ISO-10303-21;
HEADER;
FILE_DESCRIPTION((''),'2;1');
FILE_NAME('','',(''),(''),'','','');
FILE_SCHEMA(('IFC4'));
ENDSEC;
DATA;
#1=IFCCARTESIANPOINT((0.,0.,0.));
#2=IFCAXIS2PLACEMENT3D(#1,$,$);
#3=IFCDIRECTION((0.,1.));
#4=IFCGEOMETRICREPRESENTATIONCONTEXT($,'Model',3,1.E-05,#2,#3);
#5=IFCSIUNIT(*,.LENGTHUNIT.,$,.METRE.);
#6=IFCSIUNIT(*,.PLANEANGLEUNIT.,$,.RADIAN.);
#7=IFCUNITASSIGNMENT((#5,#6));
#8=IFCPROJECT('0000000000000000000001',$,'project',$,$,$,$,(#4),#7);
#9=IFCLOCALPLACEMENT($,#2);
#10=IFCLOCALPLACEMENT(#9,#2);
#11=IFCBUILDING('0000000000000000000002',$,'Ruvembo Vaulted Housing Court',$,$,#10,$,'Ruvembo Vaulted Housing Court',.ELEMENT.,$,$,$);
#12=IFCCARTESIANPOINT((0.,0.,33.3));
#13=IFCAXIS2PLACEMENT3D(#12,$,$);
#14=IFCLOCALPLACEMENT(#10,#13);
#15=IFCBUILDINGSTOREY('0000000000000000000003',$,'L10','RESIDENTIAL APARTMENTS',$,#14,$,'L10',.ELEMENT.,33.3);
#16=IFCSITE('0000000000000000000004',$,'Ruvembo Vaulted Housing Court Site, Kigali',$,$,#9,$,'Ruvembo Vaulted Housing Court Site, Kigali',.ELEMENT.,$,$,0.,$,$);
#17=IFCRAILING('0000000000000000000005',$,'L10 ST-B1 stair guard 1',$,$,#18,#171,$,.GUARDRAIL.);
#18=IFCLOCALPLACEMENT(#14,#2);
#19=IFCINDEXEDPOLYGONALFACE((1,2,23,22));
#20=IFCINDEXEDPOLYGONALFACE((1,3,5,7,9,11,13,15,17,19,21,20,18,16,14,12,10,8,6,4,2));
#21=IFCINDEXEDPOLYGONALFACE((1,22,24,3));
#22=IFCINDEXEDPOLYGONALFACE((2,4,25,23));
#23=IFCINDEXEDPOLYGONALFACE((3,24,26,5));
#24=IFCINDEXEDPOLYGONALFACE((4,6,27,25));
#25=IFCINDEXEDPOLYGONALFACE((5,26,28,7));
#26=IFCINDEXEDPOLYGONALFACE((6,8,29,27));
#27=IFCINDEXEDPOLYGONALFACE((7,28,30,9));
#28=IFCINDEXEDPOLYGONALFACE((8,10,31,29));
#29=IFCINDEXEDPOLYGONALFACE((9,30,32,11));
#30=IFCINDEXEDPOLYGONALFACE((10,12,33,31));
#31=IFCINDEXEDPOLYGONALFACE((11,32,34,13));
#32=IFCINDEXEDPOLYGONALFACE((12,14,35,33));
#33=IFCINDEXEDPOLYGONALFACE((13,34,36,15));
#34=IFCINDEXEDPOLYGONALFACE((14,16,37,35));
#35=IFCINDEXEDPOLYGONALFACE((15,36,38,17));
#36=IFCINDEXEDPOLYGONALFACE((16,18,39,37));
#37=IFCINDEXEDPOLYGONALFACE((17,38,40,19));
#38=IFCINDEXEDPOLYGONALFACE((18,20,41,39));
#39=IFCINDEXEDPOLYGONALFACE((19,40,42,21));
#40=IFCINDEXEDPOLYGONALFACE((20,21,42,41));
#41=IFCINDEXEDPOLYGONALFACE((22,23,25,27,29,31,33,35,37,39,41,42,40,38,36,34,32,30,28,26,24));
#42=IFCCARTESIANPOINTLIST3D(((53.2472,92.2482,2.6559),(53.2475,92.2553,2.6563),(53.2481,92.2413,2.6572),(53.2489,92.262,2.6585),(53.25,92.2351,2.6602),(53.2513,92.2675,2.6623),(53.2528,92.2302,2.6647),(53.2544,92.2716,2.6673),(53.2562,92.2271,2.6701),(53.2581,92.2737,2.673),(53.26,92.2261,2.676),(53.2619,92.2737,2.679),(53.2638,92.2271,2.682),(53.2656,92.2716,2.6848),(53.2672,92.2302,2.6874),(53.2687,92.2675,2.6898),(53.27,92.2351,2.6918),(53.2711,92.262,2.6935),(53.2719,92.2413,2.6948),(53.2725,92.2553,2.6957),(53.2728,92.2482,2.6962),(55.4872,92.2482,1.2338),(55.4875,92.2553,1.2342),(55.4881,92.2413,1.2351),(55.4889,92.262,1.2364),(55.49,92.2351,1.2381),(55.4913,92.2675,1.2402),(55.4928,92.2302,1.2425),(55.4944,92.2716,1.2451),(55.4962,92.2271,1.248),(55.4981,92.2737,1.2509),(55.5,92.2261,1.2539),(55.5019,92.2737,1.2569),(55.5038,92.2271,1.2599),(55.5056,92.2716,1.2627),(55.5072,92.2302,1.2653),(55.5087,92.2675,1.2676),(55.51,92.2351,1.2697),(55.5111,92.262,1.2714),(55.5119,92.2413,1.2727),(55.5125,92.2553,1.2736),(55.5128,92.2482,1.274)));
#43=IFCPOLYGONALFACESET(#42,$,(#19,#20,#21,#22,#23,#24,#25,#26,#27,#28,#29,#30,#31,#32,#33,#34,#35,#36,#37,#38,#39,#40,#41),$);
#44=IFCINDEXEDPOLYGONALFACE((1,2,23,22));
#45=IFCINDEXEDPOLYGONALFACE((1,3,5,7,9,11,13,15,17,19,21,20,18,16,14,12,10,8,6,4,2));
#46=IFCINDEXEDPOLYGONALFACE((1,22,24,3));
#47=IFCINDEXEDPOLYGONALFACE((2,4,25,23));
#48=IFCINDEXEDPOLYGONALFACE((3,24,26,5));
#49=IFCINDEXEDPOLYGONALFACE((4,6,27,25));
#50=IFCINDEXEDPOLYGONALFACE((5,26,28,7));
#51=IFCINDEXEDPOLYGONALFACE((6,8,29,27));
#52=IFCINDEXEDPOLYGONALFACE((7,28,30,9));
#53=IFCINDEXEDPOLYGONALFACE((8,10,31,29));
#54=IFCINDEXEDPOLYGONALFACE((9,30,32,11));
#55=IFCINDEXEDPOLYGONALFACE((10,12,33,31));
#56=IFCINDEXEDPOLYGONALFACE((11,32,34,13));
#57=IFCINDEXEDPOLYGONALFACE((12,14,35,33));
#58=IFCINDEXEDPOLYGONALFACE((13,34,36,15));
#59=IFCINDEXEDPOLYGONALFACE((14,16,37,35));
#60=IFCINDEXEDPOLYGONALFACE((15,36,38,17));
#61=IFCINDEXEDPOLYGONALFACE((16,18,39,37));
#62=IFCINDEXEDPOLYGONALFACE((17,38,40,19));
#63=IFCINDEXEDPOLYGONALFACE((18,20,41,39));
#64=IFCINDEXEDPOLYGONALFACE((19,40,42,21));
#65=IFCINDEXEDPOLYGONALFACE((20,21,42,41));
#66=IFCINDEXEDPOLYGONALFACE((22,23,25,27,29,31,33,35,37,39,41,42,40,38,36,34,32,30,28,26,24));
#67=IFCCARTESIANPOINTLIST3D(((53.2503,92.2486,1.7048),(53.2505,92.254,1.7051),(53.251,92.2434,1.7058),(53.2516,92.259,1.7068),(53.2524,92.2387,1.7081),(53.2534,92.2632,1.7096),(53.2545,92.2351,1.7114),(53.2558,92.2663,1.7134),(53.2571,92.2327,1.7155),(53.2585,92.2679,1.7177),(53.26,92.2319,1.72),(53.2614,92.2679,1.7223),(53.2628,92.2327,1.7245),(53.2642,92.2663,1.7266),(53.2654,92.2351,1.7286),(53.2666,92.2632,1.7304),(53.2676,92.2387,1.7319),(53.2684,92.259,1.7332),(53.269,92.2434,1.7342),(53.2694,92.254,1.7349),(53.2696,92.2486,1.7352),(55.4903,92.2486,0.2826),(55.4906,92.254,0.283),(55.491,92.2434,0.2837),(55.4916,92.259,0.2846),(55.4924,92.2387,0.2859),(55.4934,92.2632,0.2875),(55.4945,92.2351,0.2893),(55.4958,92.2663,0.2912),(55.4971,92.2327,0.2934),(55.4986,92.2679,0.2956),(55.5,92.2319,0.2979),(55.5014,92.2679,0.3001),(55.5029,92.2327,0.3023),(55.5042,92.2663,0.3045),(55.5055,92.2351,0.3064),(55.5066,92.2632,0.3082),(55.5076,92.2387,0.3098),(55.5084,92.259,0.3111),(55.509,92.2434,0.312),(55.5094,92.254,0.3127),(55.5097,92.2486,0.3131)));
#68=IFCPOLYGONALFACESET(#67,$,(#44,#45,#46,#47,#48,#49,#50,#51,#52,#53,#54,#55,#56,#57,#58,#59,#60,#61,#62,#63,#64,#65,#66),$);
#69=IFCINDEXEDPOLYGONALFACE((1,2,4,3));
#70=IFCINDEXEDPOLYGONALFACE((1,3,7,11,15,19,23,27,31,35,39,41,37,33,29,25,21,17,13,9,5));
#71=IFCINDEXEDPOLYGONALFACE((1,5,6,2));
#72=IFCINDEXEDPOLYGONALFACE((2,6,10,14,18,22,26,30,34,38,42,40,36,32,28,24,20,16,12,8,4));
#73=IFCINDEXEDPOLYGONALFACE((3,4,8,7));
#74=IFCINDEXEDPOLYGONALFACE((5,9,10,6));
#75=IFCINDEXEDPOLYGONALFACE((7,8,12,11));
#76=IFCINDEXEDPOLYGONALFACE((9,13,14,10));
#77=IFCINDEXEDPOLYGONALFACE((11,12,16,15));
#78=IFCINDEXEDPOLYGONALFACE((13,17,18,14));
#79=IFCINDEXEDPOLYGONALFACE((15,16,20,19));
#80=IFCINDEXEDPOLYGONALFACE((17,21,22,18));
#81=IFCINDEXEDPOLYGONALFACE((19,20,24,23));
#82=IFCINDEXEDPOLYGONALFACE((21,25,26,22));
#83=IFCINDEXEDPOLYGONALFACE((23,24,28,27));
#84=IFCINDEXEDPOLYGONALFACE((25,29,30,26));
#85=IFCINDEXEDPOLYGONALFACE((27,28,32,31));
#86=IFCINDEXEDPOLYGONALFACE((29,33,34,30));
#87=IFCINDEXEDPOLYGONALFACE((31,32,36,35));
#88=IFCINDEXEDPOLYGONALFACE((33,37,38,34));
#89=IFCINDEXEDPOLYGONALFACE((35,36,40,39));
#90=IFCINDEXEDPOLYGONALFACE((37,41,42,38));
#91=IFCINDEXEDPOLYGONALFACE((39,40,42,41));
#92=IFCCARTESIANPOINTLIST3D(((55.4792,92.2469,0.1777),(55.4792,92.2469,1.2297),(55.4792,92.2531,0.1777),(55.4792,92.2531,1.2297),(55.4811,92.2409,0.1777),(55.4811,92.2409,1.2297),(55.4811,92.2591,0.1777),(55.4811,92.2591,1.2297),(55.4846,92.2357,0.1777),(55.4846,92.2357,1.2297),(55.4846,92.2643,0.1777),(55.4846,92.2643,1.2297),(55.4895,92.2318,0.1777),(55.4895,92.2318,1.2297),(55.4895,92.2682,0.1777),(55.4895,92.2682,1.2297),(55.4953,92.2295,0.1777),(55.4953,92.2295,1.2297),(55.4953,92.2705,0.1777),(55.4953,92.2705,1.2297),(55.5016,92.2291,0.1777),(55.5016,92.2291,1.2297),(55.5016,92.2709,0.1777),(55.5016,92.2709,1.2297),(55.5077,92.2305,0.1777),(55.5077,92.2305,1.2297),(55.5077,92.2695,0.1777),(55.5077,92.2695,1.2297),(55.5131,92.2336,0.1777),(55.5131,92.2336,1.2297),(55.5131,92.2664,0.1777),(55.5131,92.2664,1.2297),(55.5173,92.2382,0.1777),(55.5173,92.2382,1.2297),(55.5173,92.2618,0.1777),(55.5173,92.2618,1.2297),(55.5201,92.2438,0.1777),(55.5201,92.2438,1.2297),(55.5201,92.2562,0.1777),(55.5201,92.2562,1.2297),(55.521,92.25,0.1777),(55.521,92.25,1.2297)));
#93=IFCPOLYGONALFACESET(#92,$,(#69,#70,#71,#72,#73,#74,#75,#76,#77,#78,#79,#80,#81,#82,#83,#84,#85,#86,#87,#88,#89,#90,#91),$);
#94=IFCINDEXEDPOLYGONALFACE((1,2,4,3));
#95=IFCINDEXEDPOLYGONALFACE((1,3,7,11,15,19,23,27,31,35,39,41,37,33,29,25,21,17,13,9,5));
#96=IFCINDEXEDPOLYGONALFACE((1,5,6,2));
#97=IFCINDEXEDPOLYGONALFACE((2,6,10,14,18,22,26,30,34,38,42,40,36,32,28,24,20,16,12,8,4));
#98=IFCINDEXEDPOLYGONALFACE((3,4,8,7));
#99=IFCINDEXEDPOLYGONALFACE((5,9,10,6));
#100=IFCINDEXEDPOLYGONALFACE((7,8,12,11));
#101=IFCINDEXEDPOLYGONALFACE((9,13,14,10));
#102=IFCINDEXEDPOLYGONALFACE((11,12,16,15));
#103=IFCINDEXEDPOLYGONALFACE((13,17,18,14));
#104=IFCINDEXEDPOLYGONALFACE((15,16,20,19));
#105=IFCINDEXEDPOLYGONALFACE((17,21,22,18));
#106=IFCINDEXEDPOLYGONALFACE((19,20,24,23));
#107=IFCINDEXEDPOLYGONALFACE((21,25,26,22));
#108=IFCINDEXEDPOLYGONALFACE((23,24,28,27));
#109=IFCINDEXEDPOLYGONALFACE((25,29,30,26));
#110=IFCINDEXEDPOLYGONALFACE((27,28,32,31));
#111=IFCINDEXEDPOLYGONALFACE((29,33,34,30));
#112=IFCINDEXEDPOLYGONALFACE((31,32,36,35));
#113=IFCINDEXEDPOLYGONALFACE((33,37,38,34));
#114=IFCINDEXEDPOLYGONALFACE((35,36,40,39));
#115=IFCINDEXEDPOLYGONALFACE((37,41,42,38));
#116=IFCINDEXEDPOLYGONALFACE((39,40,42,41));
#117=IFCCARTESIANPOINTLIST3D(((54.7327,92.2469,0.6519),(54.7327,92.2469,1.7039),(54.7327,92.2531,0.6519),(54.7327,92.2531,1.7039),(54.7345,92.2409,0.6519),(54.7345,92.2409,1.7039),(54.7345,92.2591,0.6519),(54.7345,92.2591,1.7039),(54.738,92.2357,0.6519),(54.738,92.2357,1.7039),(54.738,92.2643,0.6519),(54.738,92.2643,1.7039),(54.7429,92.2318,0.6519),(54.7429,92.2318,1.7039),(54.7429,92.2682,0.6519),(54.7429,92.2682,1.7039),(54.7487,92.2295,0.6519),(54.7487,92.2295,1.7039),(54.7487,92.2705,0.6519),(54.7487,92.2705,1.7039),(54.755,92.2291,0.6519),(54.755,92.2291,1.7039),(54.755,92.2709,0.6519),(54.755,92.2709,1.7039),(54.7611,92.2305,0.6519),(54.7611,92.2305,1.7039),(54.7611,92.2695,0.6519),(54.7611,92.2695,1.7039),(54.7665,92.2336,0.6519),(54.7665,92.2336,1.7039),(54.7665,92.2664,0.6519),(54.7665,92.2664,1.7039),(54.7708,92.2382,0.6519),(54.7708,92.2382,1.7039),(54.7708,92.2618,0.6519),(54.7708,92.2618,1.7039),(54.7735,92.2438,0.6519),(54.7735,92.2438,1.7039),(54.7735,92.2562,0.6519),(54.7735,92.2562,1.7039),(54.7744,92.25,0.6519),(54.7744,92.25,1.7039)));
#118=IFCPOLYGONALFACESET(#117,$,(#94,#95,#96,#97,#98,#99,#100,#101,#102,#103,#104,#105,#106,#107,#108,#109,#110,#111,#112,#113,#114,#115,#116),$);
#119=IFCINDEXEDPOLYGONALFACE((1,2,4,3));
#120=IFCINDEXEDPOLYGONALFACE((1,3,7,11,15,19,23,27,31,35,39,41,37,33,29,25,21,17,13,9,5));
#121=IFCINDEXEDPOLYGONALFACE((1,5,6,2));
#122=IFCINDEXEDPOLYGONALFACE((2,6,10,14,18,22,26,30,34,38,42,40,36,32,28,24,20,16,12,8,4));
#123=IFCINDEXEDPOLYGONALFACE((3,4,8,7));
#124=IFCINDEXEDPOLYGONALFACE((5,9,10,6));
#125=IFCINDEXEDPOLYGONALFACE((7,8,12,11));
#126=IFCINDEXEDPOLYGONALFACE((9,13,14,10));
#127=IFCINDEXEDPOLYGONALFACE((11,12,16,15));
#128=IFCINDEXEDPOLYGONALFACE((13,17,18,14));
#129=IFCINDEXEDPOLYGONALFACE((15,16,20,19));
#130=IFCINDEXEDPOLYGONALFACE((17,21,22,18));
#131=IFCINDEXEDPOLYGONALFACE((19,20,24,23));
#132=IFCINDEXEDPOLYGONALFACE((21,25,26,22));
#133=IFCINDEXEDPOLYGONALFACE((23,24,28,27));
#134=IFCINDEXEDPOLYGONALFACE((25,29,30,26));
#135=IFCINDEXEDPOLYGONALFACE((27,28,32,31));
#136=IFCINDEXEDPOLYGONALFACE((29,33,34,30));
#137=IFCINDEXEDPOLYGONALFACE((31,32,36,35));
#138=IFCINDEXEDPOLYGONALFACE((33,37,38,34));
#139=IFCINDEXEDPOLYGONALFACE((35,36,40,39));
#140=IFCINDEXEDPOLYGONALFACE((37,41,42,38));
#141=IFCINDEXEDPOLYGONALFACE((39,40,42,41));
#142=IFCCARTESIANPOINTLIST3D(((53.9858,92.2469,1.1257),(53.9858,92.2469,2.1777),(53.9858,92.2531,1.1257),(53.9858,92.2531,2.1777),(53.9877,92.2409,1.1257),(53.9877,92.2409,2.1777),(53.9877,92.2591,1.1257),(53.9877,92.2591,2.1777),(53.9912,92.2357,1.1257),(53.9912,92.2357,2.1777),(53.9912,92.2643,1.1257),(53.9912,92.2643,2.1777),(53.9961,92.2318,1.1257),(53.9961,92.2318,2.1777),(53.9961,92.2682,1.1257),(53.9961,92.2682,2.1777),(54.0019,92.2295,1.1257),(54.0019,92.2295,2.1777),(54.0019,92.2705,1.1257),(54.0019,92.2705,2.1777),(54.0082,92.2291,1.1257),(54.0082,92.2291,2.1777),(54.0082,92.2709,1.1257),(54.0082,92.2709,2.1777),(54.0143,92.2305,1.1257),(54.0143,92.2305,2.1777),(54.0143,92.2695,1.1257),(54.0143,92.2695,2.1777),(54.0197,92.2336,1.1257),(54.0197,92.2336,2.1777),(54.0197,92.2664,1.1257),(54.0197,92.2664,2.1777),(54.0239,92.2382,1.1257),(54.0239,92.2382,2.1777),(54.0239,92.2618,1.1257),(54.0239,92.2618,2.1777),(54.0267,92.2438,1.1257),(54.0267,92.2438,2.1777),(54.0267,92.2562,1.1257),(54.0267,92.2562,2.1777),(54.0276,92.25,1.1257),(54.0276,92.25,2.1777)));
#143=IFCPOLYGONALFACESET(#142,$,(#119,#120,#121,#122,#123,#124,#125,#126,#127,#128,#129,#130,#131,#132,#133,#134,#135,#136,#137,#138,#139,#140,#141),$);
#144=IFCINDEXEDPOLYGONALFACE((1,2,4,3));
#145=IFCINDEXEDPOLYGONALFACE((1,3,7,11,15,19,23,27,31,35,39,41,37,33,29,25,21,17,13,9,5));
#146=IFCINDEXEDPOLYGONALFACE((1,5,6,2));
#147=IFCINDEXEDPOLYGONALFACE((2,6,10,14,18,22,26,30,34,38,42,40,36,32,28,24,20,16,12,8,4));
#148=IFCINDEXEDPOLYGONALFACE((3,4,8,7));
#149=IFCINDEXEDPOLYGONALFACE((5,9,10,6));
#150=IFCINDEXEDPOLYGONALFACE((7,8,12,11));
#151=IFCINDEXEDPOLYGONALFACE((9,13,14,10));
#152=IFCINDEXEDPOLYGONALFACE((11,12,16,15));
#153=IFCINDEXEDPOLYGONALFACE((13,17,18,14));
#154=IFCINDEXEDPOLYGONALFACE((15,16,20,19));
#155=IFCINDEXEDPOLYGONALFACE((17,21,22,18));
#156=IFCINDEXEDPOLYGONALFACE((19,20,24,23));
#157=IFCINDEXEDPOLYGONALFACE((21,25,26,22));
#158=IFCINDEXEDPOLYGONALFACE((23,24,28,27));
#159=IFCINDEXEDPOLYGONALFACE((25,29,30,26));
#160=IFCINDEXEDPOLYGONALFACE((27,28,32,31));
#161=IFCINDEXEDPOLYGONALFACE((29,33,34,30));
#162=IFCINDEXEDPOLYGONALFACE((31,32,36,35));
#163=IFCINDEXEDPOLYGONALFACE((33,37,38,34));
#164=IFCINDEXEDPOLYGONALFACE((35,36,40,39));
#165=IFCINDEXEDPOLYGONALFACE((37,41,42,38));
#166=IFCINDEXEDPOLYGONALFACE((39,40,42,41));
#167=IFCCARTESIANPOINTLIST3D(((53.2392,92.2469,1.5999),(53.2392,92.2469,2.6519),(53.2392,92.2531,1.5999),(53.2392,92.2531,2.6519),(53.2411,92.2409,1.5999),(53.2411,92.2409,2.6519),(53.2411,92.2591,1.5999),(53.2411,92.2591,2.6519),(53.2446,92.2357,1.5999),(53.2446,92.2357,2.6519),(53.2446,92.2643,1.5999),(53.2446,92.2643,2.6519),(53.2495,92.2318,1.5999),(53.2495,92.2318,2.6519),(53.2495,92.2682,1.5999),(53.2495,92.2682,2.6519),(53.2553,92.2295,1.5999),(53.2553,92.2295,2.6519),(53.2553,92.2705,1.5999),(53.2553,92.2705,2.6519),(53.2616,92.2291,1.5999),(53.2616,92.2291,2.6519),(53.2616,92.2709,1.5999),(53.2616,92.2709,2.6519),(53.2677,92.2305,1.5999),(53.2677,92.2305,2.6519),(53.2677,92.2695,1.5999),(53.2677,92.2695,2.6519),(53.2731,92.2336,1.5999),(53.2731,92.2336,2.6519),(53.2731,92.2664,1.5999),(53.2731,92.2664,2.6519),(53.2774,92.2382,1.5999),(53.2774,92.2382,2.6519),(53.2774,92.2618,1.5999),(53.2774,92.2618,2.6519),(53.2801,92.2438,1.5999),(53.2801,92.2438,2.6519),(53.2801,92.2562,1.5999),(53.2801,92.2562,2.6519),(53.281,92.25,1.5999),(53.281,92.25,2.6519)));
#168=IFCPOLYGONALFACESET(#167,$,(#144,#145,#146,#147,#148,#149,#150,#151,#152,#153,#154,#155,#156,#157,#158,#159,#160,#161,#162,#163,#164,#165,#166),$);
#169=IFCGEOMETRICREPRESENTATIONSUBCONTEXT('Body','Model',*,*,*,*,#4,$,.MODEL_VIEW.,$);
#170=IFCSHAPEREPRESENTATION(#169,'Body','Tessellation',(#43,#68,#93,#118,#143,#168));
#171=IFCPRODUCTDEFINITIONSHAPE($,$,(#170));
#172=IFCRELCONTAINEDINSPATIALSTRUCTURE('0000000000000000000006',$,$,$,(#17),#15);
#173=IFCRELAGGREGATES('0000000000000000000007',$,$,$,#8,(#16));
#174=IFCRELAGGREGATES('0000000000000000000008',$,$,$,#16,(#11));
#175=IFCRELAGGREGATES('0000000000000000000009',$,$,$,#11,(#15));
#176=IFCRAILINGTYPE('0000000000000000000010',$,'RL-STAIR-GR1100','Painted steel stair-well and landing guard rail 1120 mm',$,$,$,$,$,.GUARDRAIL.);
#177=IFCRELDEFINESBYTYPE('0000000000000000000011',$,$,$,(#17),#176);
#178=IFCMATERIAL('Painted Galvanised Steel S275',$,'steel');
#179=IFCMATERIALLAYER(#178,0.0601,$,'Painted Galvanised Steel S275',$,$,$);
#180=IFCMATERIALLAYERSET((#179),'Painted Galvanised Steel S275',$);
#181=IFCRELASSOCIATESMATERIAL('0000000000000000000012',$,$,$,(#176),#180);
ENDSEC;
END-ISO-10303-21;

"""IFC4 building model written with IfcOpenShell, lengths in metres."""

from ifc_helpers import new_model, si_unit, direction, frame, origin, origin_2d, place, context, subcontext, project, spatial, circle, extrude, material, layer, layer_set, type_object, element, save


model = new_model("IFC4")

# Units and contexts
model_context = context("Model", 3, precision=1e-05, world=origin(), true_north=direction((0.0, 1.0)))
body_context = subcontext(model_context, "Body", "Model", "MODEL_VIEW")
ifc_project = project(units=[si_unit("LENGTHUNIT", "METRE"), si_unit("PLANEANGLEUNIT", "RADIAN")], contexts=[model_context])

# Site, building, storey
site_placement = place(None, origin())
site = spatial("IfcSite", under=ifc_project, at=site_placement, Name="Ruvembo Vaulted Housing Court Site, Kigali", LongName="Ruvembo Vaulted Housing Court Site, Kigali", CompositionType="ELEMENT", RefElevation=0.0)
building_placement = place(site_placement, origin())
building = spatial("IfcBuilding", under=site, at=building_placement, Name="Ruvembo Vaulted Housing Court", LongName="Ruvembo Vaulted Housing Court", CompositionType="ELEMENT")
storey_placement = place(building_placement, frame((0.0, 0.0, 33.3)))
storey = spatial("IfcBuildingStorey", under=building, at=storey_placement, Name="L10", Description="RESIDENTIAL APARTMENTS", LongName="L10", CompositionType="ELEMENT", Elevation=33.3)

# Railing
ifc_material_1 = material(Name="Painted Galvanised Steel S275", Category="steel")
ifc_layer_1 = layer(ifc_material_1, 0.0601, Name="Painted Galvanised Steel S275")
ifc_layer_set_1 = layer_set([ifc_layer_1], Name="Painted Galvanised Steel S275")
railing_type_1 = type_object("IfcRailingType", Name="RL-STAIR-GR1100", Description="Painted steel stair-well and landing guard rail 1120 mm", PredefinedType="GUARDRAIL", material=ifc_layer_set_1)
railing_1_placement = place(storey_placement, frame((55.5, 92.25, 0.1777)))
element("IfcRailing", 1, at=railing_1_placement, inside=storey, type_object=railing_type_1, Name="L10 ST-B1 stair guard 1", PredefinedType="GUARDRAIL", context=body_context, shape_type="SweptSolid", body=[
    extrude(circle(Radius=0.0239, at=origin_2d()), frame((0.0, 0.0, 1.0762), z_axis=(-0.844229, 0.0, 0.535982), x_axis=(0.0, -1.0, 0.0)), (0.0, 0.0, 1.0), 2.6533),
    extrude(circle(Radius=0.0181, at=origin_2d()), frame((0.0, 0.0, 0.1201), z_axis=(-0.844229, 0.0, 0.535982), x_axis=(0.0, -1.0, 0.0)), (0.0, 0.0, 1.0), 2.6533),
    extrude(circle(Radius=0.021, at=origin_2d()), origin(), (0.0, 0.0, 1.0), 1.052),
    extrude(circle(Radius=0.021, at=origin_2d()), frame((-0.7466, 0.0, 0.4741)), (0.0, 0.0, 1.0), 1.052),
    extrude(circle(Radius=0.021, at=origin_2d()), frame((-1.4934, 0.0, 0.948)), (0.0, 0.0, 1.0), 1.052),
    extrude(circle(Radius=0.021, at=origin_2d()), frame((-2.24, 0.0, 1.4221)), (0.0, 0.0, 1.0), 1.052),
])

save(model, "model.ifc")
